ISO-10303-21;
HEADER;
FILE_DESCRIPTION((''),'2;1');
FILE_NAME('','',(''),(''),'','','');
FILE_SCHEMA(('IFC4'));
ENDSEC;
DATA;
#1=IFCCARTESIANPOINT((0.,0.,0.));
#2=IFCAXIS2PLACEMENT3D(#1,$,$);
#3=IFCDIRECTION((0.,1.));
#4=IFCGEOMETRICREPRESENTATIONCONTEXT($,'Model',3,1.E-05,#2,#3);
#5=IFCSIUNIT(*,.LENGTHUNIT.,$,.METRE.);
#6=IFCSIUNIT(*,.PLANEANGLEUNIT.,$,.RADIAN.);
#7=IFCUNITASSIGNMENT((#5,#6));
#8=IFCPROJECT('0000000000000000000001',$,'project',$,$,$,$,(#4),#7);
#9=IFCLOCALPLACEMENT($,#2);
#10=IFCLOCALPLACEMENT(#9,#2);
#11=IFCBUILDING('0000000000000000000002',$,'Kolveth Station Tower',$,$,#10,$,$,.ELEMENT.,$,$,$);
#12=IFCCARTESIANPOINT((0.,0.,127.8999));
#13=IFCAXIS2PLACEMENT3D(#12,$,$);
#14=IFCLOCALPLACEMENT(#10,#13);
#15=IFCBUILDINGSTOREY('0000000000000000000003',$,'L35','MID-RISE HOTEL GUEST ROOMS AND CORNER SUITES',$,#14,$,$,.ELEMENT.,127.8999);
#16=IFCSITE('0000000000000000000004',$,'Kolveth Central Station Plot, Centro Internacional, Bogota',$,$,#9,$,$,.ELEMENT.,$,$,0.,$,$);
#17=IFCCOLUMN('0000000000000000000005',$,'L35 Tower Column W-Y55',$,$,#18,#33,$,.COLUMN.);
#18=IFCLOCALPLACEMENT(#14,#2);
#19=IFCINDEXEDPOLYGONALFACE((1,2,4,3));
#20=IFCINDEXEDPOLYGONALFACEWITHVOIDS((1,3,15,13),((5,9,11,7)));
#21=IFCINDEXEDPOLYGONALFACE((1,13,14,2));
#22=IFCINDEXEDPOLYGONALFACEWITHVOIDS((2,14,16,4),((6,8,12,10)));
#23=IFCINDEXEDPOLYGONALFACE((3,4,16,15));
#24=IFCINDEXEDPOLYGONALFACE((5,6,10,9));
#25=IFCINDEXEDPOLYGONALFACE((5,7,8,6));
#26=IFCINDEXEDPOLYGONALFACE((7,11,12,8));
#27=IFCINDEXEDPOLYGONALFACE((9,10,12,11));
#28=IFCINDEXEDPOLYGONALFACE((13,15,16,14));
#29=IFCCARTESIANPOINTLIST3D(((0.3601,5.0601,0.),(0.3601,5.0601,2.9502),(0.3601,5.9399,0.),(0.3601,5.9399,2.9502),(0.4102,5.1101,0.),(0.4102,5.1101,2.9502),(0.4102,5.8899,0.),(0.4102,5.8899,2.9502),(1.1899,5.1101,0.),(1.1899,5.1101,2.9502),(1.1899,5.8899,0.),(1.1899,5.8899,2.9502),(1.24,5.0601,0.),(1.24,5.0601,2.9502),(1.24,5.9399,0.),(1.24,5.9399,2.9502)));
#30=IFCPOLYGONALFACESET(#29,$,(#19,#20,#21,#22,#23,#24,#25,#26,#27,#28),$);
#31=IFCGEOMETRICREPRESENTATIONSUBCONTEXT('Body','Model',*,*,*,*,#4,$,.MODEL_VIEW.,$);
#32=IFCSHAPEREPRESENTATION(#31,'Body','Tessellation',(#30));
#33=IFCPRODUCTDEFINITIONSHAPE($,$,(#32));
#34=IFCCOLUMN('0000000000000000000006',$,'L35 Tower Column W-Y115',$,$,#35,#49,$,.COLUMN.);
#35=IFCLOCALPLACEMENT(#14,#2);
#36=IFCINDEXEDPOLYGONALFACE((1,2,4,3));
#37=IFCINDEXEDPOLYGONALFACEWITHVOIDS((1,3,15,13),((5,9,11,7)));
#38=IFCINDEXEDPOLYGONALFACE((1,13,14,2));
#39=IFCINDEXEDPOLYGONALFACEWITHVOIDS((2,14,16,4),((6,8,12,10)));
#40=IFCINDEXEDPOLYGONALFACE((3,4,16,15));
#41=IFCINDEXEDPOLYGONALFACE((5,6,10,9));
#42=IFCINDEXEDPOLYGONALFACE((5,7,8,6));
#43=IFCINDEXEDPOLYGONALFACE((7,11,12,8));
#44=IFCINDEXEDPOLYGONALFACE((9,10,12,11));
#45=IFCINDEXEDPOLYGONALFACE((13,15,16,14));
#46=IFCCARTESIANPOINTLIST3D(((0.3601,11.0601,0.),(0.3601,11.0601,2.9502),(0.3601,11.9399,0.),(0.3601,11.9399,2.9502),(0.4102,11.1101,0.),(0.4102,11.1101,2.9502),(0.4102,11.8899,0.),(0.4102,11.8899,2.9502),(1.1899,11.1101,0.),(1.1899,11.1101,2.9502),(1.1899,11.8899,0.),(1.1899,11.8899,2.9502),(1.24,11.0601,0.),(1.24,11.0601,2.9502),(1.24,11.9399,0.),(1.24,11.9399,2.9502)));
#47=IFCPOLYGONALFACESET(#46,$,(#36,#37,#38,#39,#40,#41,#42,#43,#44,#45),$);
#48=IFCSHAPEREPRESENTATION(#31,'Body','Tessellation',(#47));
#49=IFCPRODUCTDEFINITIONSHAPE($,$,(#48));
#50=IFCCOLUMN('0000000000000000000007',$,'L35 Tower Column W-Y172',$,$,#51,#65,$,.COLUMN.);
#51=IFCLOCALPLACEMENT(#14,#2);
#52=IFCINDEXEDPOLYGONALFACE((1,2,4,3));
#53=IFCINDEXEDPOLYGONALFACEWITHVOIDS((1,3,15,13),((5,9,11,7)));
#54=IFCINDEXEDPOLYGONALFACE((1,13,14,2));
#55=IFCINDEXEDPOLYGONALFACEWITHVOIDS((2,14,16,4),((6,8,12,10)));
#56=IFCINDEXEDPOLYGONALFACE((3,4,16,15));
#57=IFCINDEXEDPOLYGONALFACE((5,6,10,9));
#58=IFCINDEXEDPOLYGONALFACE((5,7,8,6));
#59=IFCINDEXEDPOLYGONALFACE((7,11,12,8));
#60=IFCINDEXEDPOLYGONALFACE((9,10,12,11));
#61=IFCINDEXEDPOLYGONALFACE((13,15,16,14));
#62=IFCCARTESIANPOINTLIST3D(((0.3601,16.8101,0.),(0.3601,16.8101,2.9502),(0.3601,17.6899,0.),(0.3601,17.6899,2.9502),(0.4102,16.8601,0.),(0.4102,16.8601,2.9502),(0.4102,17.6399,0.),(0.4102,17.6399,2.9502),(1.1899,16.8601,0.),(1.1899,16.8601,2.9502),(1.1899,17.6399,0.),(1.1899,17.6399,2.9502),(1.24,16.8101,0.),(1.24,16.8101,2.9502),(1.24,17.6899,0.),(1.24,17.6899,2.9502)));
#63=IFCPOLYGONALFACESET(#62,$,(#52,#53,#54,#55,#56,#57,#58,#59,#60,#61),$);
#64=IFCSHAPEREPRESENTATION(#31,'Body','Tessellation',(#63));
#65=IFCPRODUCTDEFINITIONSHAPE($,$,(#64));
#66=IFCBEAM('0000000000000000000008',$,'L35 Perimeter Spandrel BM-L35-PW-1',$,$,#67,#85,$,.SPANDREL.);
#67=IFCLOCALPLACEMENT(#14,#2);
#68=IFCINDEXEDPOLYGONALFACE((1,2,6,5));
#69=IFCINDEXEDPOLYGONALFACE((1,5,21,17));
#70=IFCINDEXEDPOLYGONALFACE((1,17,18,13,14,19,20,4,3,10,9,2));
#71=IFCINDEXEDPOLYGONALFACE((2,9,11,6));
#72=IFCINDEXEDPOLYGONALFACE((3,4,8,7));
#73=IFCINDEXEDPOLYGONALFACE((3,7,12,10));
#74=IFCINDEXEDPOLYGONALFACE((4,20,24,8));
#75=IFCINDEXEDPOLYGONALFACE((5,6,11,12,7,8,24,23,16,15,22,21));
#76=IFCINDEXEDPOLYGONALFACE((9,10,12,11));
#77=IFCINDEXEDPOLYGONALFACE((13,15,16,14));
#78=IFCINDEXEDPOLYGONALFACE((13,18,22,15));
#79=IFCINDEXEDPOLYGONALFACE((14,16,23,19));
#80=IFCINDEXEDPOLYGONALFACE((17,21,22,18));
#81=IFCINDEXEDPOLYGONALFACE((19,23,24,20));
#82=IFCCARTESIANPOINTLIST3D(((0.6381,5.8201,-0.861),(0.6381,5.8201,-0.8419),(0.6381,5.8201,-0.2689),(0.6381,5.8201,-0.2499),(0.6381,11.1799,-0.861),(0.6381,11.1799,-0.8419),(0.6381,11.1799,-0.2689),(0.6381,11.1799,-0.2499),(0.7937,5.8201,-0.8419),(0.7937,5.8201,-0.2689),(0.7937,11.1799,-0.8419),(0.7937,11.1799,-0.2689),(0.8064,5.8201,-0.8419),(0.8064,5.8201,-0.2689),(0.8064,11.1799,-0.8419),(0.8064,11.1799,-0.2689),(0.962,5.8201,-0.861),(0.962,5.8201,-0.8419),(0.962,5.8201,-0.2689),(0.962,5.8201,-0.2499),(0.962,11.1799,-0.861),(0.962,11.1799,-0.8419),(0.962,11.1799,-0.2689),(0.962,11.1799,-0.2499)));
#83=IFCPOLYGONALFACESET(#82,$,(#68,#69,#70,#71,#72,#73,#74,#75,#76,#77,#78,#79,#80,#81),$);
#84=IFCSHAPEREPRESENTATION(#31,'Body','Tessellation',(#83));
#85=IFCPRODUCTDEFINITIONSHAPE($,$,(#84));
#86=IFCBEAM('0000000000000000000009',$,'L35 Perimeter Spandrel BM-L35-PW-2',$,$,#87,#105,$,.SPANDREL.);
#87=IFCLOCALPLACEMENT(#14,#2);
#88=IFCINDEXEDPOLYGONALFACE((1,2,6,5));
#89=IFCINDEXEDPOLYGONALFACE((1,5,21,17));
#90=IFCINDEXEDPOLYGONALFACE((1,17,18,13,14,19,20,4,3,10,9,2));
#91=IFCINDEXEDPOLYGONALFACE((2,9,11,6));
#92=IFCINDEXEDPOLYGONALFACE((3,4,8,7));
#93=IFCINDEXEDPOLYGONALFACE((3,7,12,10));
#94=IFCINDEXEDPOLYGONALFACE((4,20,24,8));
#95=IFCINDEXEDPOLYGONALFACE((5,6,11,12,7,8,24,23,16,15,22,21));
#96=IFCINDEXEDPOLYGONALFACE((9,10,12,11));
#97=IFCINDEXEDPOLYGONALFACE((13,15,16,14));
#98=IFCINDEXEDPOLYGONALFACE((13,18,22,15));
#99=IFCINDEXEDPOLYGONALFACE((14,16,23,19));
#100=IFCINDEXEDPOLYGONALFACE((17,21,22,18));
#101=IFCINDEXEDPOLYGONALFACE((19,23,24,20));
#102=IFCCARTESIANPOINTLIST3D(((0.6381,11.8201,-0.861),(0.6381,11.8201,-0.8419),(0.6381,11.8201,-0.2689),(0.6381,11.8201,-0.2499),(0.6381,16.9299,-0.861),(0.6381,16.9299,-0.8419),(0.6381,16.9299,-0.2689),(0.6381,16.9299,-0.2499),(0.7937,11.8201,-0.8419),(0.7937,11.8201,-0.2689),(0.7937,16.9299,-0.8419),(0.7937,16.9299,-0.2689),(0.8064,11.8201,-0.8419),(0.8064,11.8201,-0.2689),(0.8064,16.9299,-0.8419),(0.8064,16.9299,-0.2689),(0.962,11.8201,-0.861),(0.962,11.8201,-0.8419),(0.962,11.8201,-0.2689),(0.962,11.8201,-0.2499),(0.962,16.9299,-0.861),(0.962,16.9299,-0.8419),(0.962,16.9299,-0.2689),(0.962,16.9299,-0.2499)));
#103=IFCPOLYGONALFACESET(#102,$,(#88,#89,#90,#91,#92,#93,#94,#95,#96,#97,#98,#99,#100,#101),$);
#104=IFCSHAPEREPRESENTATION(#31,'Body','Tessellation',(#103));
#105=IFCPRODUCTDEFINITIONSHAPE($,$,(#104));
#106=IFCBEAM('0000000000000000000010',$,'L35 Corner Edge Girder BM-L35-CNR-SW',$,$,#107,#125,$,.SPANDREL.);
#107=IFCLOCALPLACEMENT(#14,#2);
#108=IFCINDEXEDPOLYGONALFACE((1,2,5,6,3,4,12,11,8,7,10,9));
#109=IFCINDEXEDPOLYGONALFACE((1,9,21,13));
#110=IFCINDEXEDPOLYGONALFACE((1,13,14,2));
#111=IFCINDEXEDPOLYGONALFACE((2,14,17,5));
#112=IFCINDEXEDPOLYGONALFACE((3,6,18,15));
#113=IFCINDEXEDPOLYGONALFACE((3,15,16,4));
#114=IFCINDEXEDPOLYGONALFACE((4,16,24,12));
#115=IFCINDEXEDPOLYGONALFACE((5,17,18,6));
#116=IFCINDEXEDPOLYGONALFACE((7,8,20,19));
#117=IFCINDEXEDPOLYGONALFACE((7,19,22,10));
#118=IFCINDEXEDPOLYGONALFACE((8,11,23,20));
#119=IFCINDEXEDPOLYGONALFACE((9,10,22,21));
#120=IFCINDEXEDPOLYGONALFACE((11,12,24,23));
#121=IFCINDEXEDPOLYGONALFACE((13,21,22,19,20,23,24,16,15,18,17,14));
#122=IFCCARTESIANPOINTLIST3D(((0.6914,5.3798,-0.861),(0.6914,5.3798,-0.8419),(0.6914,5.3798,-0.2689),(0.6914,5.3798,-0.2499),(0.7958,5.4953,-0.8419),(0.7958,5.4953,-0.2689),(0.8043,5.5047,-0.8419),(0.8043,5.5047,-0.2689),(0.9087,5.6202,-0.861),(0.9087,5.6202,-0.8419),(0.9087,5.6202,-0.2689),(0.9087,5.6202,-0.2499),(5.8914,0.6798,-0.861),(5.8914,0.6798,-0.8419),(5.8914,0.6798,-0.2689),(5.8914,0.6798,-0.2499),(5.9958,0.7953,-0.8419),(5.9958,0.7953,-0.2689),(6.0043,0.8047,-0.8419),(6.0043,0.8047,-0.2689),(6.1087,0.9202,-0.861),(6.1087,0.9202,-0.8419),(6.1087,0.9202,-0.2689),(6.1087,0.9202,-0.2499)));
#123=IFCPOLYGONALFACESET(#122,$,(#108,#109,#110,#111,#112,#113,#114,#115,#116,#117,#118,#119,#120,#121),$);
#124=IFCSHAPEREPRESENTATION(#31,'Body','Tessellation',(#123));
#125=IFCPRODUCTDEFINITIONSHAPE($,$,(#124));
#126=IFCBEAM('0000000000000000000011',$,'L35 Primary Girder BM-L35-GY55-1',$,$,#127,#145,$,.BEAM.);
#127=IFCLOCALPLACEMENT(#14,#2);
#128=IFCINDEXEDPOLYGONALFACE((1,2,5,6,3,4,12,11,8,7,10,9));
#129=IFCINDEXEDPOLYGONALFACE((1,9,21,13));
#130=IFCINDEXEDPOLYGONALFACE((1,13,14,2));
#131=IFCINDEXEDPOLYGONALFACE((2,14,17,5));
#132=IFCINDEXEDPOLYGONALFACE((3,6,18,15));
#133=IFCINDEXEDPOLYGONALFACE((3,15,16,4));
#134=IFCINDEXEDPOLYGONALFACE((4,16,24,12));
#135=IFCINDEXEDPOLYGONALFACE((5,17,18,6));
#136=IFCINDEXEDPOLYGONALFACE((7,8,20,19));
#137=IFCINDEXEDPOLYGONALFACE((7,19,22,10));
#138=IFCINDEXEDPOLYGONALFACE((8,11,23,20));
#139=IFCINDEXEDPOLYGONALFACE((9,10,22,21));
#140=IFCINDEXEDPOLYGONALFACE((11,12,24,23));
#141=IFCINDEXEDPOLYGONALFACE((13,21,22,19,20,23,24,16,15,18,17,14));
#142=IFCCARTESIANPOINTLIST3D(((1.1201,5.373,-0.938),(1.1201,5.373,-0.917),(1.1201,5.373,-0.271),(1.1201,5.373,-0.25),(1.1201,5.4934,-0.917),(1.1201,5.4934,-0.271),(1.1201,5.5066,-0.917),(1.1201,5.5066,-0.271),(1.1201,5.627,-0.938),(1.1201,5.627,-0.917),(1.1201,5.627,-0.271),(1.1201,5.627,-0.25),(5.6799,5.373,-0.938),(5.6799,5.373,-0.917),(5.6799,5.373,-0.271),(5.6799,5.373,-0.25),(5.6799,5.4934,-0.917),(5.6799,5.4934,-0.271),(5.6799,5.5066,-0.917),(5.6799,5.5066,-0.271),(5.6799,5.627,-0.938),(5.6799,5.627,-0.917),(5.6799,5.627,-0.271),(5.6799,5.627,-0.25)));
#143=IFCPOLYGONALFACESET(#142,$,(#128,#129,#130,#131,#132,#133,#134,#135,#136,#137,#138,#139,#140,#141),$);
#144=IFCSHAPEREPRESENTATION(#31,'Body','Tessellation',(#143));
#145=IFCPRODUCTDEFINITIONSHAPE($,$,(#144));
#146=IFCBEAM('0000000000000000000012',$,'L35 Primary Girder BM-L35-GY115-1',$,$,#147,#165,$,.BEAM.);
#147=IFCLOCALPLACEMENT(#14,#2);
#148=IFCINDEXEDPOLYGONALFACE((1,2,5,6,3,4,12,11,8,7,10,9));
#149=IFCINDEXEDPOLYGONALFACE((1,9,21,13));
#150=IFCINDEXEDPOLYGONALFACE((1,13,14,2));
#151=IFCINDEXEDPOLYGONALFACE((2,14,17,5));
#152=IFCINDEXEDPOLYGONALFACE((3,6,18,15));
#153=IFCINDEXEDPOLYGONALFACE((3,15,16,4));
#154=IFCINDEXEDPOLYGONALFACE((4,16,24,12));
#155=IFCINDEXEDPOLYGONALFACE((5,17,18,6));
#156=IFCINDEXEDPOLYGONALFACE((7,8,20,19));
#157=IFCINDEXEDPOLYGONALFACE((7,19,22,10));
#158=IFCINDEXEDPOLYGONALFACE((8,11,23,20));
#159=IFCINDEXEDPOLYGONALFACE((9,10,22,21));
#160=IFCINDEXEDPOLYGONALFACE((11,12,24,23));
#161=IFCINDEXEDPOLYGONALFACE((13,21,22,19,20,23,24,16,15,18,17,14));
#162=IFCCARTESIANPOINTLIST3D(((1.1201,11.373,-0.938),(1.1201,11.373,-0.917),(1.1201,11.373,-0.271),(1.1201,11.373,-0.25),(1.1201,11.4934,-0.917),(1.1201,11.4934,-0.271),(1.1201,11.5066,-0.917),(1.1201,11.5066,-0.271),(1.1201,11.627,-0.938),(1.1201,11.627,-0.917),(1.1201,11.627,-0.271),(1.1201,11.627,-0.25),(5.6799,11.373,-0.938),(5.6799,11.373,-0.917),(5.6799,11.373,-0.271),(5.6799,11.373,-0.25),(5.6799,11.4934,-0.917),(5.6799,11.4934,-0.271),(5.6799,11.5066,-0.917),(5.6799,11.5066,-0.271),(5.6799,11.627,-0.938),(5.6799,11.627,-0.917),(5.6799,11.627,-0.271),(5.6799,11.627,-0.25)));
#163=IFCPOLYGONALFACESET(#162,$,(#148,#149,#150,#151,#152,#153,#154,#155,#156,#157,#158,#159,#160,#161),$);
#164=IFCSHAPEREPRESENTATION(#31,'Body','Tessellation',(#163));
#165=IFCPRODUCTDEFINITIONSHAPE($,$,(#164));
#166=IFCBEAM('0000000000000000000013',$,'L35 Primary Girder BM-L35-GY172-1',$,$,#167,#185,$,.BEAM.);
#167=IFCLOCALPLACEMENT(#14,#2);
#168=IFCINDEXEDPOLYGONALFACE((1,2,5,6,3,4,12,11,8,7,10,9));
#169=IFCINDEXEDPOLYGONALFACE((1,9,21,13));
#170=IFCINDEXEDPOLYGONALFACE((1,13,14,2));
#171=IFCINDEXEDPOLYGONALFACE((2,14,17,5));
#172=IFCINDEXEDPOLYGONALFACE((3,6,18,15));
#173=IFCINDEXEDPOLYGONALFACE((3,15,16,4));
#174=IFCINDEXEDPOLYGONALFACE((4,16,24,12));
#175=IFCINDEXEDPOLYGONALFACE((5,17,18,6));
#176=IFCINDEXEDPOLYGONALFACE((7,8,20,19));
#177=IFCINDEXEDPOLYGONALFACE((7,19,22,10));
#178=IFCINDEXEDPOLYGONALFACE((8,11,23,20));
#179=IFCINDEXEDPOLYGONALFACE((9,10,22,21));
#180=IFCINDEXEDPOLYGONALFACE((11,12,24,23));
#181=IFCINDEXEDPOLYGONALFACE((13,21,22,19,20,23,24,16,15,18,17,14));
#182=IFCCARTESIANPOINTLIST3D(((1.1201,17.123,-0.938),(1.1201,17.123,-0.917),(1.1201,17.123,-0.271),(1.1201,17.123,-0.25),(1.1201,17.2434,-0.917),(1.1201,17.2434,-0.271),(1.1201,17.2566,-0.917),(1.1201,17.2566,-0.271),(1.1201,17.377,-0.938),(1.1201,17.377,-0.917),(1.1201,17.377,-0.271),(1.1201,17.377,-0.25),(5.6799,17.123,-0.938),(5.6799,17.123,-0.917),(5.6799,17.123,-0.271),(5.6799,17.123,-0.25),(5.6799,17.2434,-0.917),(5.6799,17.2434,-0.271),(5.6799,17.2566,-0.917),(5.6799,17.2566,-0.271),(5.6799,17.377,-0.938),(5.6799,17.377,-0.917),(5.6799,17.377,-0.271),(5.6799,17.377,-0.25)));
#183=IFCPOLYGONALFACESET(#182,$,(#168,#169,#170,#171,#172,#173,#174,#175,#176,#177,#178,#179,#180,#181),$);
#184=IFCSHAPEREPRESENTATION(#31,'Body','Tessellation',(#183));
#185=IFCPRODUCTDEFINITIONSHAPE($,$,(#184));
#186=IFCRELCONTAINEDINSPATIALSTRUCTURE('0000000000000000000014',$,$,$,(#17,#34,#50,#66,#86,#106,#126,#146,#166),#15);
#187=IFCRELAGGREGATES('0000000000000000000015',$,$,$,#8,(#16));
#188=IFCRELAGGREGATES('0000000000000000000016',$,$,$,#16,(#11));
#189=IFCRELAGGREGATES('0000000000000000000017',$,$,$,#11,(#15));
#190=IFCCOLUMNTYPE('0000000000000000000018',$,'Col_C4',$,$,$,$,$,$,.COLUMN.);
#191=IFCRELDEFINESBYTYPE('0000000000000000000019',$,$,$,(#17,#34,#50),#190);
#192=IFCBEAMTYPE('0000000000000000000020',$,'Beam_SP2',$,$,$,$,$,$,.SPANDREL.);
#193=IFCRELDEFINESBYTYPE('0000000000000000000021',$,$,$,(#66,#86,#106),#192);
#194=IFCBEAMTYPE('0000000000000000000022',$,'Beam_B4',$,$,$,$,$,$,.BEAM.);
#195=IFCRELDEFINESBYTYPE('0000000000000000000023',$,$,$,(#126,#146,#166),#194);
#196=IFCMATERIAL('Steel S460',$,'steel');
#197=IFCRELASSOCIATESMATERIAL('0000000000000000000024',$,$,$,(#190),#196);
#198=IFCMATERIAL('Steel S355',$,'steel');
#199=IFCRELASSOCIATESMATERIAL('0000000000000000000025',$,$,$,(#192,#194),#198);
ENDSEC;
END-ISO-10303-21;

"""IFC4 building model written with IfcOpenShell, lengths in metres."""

from ifc_helpers import new_model, si_unit, direction, frame, origin, origin_2d, place, context, subcontext, project, spatial, hollow_rectangle, i_section, extrude, source, transform, mapped, material, material_profile, profile_set, type_object, element, save


model = new_model("IFC4")

# Units and contexts
model_context = context("Model", 3, precision=1e-05, world=origin(), true_north=direction((0.0, 1.0)))
body_context = subcontext(model_context, "Body", "Model", "MODEL_VIEW")
ifc_project = project(units=[si_unit("LENGTHUNIT", "METRE"), si_unit("PLANEANGLEUNIT", "RADIAN")], contexts=[model_context])

# Site, building, storey
site_placement = place(None, origin())
site = spatial("IfcSite", under=ifc_project, at=site_placement, Name="Kolveth Central Station Plot, Centro Internacional, Bogota", CompositionType="ELEMENT", RefElevation=0.0)
building_placement = place(site_placement, origin())
building = spatial("IfcBuilding", under=site, at=building_placement, Name="Kolveth Station Tower", CompositionType="ELEMENT")
storey_placement = place(building_placement, frame((0.0, 0.0, 127.8999)))
storey = spatial("IfcBuildingStorey", under=building, at=storey_placement, Name="L35", Description="MID-RISE HOTEL GUEST ROOMS AND CORNER SUITES", CompositionType="ELEMENT", Elevation=127.8999)

# Columns
ifc_material_1 = material(Name="Steel S460", Category="steel")
ifc_material_profile_1 = material_profile(ifc_material_1, hollow_rectangle(XDim=0.8799, YDim=0.8799, WallThickness=0.05, at=origin_2d()), Name="BOX880x880x50")
ifc_profile_set_1 = profile_set([ifc_material_profile_1], Name="Steel S460")
column_type = type_object("IfcColumnType", Name="Col_C4", PredefinedType="COLUMN", material=ifc_profile_set_1)
shared_shape_1 = source(origin(), body_context, "Body", "SweptSolid", [
    extrude(hollow_rectangle(XDim=0.8799, YDim=0.8799, WallThickness=0.05, at=origin_2d()), origin(), (0.0, 0.0, 1.0), 2.9502),
])
for number, where, z_axis, x_axis, name in (
    (1, (0.8, 5.5, 0.0), (0.0, 0.0, 1.0), (1.0, 0.0, 0.0), "L35 Tower Column W-Y55"),
    (2, (0.8, 11.5, 0.0), (0.0, 0.0, 1.0), (1.0, 0.0, 0.0), "L35 Tower Column W-Y115"),
    (3, (0.8, 17.25, 0.0), (0.0, 0.0, 1.0), (1.0, 0.0, 0.0), "L35 Tower Column W-Y172"),
):
    element("IfcColumn", number, at=place(storey_placement, frame(where, z_axis=z_axis, x_axis=x_axis)), inside=storey, type_object=column_type, Name=name, PredefinedType="COLUMN", context=body_context, shape_type="MappedRepresentation", body=[
        mapped(shared_shape_1, transform((0.0, 0.0, 0.0), x_axis=(1.0, 0.0, 0.0), y_axis=(0.0, 1.0, 0.0), z_axis=(0.0, 0.0, 1.0), scale=1.0)),
    ])

# Beams
ifc_material_2 = material(Name="Steel S355", Category="steel")
ifc_material_profile_2 = material_profile(ifc_material_2, i_section(OverallWidth=0.324, OverallDepth=0.6111, WebThickness=0.0127, FlangeThickness=0.019, at=origin_2d()), Name="W610x155")
ifc_profile_set_2 = profile_set([ifc_material_profile_2], Name="Steel S355")
beam_type_1 = type_object("IfcBeamType", Name="Beam_SP2", PredefinedType="SPANDREL", material=ifc_profile_set_2)
shared_shape_2 = source(origin(), body_context, "Body", "SweptSolid", [
    extrude(i_section(OverallWidth=0.324, OverallDepth=0.6111, WebThickness=0.0127, FlangeThickness=0.019, at=origin_2d()), origin(), (0.0, 0.0, 1.0), 5.3599),
])
beam_1_placement = place(storey_placement, frame((0.8, 5.8201, -0.5554), z_axis=(0.0, 1.0, 0.0), x_axis=(-1.0, 0.0, 0.0)))
element("IfcBeam", 4, at=beam_1_placement, inside=storey, type_object=beam_type_1, Name="L35 Perimeter Spandrel BM-L35-PW-1", PredefinedType="SPANDREL", context=body_context, shape_type="MappedRepresentation", body=[
    mapped(shared_shape_2, transform((0.0, 0.0, 0.0), x_axis=(1.0, 0.0, 0.0), y_axis=(0.0, 1.0, 0.0), z_axis=(0.0, 0.0, 1.0), scale=1.0)),
])
shared_shape_3 = source(origin(), body_context, "Body", "SweptSolid", [
    extrude(i_section(OverallWidth=0.324, OverallDepth=0.6111, WebThickness=0.0127, FlangeThickness=0.019, at=origin_2d()), origin(), (0.0, 0.0, 1.0), 5.1099),
])
beam_2_placement = place(storey_placement, frame((0.8, 11.8201, -0.5554), z_axis=(0.0, 1.0, 0.0), x_axis=(-1.0, 0.0, 0.0)))
element("IfcBeam", 5, at=beam_2_placement, inside=storey, type_object=beam_type_1, Name="L35 Perimeter Spandrel BM-L35-PW-2", PredefinedType="SPANDREL", context=body_context, shape_type="MappedRepresentation", body=[
    mapped(shared_shape_3, transform((0.0, 0.0, 0.0), x_axis=(1.0, 0.0, 0.0), y_axis=(0.0, 1.0, 0.0), z_axis=(0.0, 0.0, 1.0), scale=1.0)),
])
shared_shape_4 = source(origin(), body_context, "Body", "SweptSolid", [
    extrude(i_section(OverallWidth=0.324, OverallDepth=0.6111, WebThickness=0.0127, FlangeThickness=0.019, at=origin_2d()), origin(), (0.0, 0.0, 1.0), 7.0093),
])
beam_3_placement = place(storey_placement, frame((0.8, 5.5, -0.5554), z_axis=(0.741874, -0.670539, 0.0), x_axis=(0.670539, 0.741874, 0.0)))
element("IfcBeam", 6, at=beam_3_placement, inside=storey, type_object=beam_type_1, Name="L35 Corner Edge Girder BM-L35-CNR-SW", PredefinedType="SPANDREL", context=body_context, shape_type="MappedRepresentation", body=[
    mapped(shared_shape_4, transform((0.0, 0.0, 0.0), x_axis=(1.0, 0.0, 0.0), y_axis=(0.0, 1.0, 0.0), z_axis=(0.0, 0.0, 1.0), scale=1.0)),
])
ifc_material_profile_3 = material_profile(ifc_material_2, i_section(OverallWidth=0.2539, OverallDepth=0.688, WebThickness=0.0132, FlangeThickness=0.021, at=origin_2d()), Name="W690x152")
ifc_profile_set_3 = profile_set([ifc_material_profile_3], Name="Steel S355")
beam_type_2 = type_object("IfcBeamType", Name="Beam_B4", PredefinedType="BEAM", material=ifc_profile_set_3)
shared_shape_5 = source(origin(), body_context, "Body", "SweptSolid", [
    extrude(i_section(OverallWidth=0.2539, OverallDepth=0.688, WebThickness=0.0132, FlangeThickness=0.021, at=origin_2d()), origin(), (0.0, 0.0, 1.0), 4.5598),
])
for number, where, z_axis, x_axis, name in (
    (7, (1.1201, 5.5, -0.594), (1.0, 0.0, 0.0), (0.0, 1.0, 0.0), "L35 Primary Girder BM-L35-GY55-1"),
    (8, (1.1201, 11.5, -0.594), (1.0, 0.0, 0.0), (0.0, 1.0, 0.0), "L35 Primary Girder BM-L35-GY115-1"),
    (9, (1.1201, 17.25, -0.594), (1.0, 0.0, 0.0), (0.0, 1.0, 0.0), "L35 Primary Girder BM-L35-GY172-1"),
):
    element("IfcBeam", number, at=place(storey_placement, frame(where, z_axis=z_axis, x_axis=x_axis)), inside=storey, type_object=beam_type_2, Name=name, PredefinedType="BEAM", context=body_context, shape_type="MappedRepresentation", body=[
        mapped(shared_shape_5, transform((0.0, 0.0, 0.0), x_axis=(1.0, 0.0, 0.0), y_axis=(0.0, 1.0, 0.0), z_axis=(0.0, 0.0, 1.0), scale=1.0)),
    ])

save(model, "model.ifc")
